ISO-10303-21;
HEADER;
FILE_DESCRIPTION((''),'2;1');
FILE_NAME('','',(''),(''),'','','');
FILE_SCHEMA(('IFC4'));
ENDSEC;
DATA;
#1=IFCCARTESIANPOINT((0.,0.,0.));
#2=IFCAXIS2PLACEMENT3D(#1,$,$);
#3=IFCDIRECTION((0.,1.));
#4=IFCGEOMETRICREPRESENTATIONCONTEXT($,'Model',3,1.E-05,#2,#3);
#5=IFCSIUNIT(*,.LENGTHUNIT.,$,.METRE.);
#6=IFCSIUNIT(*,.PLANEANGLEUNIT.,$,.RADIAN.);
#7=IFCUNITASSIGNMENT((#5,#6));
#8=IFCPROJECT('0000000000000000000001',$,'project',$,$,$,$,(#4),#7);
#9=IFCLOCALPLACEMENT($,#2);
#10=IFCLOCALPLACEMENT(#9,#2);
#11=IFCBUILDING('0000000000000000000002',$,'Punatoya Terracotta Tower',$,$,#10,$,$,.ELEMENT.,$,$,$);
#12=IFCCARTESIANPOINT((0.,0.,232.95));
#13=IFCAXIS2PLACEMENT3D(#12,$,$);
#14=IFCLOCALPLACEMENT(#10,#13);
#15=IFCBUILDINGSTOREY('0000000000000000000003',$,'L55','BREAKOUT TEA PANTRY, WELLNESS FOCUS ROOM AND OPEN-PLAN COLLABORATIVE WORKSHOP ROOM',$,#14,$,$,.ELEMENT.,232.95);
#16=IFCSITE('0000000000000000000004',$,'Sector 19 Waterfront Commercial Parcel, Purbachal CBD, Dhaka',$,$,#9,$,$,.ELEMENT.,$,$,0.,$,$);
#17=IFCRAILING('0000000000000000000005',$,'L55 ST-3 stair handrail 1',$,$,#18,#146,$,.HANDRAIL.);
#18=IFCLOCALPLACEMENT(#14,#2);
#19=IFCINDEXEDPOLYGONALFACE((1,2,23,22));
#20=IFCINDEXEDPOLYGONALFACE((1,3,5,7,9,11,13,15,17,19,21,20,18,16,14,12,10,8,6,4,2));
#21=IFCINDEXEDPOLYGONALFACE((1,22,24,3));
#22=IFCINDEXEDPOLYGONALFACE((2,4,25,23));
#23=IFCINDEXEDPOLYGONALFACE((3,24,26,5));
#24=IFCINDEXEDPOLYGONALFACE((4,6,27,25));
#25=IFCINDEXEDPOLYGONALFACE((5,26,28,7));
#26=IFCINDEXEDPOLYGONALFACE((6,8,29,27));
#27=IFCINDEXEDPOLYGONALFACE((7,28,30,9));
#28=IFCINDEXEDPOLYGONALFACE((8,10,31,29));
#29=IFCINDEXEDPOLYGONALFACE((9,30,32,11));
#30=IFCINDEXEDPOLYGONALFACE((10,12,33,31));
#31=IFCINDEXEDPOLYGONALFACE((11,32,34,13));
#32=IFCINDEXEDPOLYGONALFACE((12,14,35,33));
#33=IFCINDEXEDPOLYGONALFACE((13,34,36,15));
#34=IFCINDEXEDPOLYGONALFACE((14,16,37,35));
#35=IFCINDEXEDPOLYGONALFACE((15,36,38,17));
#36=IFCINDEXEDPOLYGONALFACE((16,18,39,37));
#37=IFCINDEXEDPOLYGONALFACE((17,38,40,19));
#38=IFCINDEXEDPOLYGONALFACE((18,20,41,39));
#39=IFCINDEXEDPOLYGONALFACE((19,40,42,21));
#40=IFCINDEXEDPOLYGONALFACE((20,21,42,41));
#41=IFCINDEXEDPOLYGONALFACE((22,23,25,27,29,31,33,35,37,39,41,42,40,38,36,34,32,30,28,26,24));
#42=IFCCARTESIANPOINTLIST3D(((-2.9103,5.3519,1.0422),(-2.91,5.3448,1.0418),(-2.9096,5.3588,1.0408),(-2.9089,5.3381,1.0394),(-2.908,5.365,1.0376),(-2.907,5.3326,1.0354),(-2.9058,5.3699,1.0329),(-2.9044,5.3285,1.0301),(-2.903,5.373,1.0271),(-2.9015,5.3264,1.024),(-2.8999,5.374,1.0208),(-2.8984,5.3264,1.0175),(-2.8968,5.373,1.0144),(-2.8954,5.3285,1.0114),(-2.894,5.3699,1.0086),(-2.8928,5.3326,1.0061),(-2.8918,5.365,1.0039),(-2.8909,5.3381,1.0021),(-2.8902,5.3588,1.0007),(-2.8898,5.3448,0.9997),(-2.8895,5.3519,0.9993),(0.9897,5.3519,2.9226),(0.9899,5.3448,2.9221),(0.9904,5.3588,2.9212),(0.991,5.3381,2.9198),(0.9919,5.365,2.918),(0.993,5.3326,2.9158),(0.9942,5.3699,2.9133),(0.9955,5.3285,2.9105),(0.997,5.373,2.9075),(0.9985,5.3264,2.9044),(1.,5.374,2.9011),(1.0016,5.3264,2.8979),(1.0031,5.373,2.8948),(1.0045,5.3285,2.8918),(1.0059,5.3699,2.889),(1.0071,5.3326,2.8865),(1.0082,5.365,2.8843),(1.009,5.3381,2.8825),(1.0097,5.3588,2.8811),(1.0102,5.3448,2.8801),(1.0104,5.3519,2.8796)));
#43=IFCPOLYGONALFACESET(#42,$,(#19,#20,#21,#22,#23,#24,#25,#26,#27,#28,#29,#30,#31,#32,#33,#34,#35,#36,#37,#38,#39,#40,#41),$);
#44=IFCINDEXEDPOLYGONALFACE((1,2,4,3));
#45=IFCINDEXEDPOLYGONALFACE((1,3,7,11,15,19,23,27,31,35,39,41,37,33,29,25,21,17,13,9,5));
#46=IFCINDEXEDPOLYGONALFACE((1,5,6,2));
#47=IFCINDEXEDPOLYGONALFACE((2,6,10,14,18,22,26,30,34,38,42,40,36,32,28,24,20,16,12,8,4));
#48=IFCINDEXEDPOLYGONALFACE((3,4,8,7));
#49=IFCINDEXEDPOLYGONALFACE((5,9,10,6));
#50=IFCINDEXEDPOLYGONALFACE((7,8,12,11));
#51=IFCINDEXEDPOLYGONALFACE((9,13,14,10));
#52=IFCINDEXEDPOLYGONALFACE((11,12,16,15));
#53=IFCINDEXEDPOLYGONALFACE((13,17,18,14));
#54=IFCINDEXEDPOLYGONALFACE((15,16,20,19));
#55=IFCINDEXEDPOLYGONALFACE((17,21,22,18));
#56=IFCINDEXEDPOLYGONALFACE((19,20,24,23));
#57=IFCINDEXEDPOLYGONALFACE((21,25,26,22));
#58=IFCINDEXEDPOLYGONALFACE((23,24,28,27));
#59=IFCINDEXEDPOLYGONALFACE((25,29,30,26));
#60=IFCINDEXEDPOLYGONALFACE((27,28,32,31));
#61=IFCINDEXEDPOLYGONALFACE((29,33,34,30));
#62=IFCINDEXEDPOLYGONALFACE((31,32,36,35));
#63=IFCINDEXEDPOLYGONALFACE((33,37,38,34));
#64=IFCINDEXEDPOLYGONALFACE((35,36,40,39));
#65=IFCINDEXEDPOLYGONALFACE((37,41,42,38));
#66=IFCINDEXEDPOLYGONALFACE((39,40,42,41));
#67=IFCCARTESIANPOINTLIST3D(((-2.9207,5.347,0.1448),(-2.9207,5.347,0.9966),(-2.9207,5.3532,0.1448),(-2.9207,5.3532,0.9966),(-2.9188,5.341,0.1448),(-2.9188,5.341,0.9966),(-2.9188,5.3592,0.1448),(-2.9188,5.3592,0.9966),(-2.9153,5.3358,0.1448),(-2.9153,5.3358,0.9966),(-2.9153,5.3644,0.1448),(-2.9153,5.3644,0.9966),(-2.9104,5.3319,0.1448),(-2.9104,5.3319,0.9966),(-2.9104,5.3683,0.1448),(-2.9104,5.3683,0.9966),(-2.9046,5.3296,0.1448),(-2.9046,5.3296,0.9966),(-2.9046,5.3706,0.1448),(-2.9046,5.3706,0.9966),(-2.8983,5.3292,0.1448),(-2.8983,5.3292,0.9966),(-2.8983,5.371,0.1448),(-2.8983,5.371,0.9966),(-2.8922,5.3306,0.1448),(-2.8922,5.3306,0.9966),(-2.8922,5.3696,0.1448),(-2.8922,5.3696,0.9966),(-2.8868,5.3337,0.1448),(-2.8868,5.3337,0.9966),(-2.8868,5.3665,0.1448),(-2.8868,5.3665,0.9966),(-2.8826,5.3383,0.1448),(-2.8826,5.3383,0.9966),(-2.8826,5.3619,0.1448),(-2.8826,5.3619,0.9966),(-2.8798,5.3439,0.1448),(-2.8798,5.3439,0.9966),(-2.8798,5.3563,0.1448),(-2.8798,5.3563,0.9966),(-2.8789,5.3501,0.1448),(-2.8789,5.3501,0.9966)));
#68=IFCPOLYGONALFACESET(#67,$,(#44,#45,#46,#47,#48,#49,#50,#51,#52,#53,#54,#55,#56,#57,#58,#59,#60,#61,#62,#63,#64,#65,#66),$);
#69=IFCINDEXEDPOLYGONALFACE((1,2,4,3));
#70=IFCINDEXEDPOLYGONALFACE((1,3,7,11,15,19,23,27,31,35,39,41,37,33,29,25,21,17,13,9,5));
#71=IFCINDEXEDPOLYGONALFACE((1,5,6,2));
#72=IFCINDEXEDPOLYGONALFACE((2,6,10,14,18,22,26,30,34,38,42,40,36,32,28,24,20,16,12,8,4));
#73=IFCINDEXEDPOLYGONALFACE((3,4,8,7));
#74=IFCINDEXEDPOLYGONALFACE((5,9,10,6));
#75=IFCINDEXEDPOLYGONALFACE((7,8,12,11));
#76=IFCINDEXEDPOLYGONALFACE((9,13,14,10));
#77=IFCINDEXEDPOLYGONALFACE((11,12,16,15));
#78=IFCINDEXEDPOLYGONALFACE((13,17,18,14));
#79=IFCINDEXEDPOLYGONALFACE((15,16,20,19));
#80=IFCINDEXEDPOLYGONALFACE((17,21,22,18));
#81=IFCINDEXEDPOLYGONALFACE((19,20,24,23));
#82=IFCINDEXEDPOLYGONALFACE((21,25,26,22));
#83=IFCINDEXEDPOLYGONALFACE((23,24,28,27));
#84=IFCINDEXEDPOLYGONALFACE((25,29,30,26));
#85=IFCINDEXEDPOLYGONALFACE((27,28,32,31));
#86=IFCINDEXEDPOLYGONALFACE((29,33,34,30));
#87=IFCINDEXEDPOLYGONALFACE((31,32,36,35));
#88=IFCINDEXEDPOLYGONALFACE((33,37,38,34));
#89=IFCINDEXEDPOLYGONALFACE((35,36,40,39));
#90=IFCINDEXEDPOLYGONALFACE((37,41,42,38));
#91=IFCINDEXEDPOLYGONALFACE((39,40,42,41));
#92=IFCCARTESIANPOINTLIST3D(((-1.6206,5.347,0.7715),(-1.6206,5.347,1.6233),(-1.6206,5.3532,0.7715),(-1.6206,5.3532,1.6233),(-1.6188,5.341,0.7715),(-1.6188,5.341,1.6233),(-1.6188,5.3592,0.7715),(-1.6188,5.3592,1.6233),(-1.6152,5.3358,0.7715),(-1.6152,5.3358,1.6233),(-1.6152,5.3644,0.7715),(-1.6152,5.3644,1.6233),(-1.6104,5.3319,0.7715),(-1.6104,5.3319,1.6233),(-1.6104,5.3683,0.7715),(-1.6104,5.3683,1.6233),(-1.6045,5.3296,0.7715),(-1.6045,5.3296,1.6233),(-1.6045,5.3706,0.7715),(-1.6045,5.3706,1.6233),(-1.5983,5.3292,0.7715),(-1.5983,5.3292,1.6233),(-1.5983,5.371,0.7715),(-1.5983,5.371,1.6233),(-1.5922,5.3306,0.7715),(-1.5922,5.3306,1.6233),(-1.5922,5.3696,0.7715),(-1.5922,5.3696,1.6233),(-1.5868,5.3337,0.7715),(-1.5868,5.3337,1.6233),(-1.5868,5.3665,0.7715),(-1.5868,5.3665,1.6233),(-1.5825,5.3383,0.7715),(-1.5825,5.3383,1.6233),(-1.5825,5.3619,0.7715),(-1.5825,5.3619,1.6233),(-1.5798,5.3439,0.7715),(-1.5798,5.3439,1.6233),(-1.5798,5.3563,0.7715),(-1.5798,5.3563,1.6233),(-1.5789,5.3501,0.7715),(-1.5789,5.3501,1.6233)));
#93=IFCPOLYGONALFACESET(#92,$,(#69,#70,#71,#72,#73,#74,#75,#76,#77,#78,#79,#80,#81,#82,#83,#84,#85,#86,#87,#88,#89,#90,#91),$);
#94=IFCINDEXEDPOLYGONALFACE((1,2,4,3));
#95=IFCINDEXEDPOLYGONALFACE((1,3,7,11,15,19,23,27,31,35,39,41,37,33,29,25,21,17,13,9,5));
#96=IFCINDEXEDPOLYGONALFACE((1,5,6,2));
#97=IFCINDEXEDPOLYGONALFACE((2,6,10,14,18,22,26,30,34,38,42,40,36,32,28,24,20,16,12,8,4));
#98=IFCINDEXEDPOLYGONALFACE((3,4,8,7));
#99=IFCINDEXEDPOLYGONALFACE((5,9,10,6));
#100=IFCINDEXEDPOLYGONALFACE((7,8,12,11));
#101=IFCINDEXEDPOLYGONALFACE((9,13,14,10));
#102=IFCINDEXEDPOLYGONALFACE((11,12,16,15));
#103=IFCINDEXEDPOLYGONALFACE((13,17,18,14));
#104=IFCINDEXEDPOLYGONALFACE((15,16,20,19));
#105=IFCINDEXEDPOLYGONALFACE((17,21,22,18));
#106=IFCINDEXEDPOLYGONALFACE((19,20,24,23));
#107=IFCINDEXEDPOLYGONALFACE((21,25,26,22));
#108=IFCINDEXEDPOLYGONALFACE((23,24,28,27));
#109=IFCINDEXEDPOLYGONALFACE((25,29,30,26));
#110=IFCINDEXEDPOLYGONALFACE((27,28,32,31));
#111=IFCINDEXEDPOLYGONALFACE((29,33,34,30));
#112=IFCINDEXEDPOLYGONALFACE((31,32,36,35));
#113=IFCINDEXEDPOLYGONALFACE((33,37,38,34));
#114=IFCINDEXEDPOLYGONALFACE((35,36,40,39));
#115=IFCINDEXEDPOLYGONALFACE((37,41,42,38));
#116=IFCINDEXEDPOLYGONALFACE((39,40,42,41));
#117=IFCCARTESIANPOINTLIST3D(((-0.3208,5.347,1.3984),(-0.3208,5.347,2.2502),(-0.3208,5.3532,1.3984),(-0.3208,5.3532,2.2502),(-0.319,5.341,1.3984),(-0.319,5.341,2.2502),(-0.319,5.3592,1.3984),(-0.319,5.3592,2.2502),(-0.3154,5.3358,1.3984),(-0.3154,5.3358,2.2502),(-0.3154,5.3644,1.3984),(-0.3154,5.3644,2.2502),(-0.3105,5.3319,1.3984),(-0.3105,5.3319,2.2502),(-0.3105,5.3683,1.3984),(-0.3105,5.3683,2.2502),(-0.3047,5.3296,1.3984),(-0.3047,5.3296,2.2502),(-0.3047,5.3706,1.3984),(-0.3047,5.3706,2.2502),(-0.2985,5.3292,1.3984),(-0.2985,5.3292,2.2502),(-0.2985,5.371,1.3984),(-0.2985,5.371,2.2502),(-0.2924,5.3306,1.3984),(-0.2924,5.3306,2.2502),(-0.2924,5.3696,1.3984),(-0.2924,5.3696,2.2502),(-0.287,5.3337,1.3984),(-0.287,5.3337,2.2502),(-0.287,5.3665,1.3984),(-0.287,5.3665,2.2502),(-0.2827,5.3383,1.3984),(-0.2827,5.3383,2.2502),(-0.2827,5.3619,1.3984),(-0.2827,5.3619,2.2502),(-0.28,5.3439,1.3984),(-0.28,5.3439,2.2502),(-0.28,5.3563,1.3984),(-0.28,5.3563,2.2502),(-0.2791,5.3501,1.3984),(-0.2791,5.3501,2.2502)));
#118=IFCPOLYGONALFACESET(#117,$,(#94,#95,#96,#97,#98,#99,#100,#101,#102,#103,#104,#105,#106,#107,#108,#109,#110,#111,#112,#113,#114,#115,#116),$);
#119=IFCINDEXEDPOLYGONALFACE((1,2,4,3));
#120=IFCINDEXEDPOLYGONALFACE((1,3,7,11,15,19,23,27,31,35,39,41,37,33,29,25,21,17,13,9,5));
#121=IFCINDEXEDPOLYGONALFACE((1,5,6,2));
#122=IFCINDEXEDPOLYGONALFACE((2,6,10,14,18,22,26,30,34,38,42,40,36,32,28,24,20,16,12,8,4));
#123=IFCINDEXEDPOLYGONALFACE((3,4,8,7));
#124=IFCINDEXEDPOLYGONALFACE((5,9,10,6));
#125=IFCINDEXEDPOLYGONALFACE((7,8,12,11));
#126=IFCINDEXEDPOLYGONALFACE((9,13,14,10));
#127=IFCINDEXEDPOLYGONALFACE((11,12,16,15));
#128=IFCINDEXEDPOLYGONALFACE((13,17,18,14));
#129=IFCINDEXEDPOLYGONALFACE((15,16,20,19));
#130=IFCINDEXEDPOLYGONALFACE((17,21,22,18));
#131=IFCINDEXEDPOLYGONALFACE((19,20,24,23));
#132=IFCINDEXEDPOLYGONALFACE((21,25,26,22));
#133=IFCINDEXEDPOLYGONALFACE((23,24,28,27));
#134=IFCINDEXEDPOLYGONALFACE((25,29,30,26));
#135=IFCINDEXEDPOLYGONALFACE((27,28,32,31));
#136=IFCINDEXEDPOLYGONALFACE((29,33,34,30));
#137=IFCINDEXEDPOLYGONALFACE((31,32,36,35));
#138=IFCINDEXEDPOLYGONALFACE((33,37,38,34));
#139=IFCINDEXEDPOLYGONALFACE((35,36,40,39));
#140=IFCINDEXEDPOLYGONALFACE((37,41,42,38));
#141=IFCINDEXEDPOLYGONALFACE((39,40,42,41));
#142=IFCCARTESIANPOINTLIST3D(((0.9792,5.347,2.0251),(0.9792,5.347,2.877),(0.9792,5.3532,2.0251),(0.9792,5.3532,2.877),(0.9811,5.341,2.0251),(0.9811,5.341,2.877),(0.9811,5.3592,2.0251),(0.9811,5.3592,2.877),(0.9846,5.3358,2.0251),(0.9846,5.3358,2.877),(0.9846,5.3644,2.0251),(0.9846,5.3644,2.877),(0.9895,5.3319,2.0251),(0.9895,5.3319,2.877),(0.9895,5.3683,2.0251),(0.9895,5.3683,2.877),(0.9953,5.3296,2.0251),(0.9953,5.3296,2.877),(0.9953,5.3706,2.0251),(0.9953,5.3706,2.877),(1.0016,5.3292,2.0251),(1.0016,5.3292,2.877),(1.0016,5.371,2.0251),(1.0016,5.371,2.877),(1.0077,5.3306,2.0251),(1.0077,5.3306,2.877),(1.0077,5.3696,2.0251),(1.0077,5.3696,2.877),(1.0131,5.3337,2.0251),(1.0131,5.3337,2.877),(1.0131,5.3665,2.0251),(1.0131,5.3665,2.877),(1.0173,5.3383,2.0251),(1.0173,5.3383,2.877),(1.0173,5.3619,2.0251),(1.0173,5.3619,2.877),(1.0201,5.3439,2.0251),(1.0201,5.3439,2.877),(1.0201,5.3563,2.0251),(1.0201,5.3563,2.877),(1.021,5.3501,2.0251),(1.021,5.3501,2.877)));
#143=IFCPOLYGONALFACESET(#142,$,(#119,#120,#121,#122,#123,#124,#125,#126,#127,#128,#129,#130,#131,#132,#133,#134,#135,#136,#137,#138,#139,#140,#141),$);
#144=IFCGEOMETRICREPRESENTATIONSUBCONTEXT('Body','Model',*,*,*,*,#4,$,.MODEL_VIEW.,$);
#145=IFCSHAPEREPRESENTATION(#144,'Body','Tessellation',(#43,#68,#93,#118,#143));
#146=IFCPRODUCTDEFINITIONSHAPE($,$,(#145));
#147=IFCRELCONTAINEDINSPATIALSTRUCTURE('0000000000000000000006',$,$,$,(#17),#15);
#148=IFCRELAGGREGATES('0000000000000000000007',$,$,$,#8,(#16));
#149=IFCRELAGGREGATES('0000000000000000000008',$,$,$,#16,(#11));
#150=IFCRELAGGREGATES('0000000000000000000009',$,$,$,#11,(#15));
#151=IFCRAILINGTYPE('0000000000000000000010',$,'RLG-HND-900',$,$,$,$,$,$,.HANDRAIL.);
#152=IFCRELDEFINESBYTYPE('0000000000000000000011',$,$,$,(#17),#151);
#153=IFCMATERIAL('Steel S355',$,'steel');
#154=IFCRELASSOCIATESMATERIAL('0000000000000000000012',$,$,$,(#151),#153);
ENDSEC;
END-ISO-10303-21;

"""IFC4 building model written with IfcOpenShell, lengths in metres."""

from ifc_helpers import new_model, si_unit, direction, frame, origin, origin_2d, place, context, subcontext, project, spatial, circle, extrude, material, type_object, element, save


model = new_model("IFC4")

# Units and contexts
model_context = context("Model", 3, precision=1e-05, world=origin(), true_north=direction((0.0, 1.0)))
body_context = subcontext(model_context, "Body", "Model", "MODEL_VIEW")
ifc_project = project(units=[si_unit("LENGTHUNIT", "METRE"), si_unit("PLANEANGLEUNIT", "RADIAN")], contexts=[model_context])

# Site, building, storey
site_placement = place(None, origin())
site = spatial("IfcSite", under=ifc_project, at=site_placement, Name="Sector 19 Waterfront Commercial Parcel, Purbachal CBD, Dhaka", CompositionType="ELEMENT", RefElevation=0.0)
building_placement = place(site_placement, origin())
building = spatial("IfcBuilding", under=site, at=building_placement, Name="Punatoya Terracotta Tower", CompositionType="ELEMENT")
storey_placement = place(building_placement, frame((0.0, 0.0, 232.95)))
storey = spatial("IfcBuildingStorey", under=building, at=storey_placement, Name="L55", Description="BREAKOUT TEA PANTRY, WELLNESS FOCUS ROOM AND OPEN-PLAN COLLABORATIVE WORKSHOP ROOM", CompositionType="ELEMENT", Elevation=232.95)

# Railing
ifc_material_1 = material(Name="Steel S355", Category="steel")
railing_type = type_object("IfcRailingType", Name="RLG-HND-900", PredefinedType="HANDRAIL", material=ifc_material_1)
railing_placement = place(storey_placement, frame((-2.8999, 5.3501, 0.1448)))
element("IfcRailing", 1, at=railing_placement, inside=storey, type_object=railing_type, Name="L55 ST-3 stair handrail 1", PredefinedType="HANDRAIL", context=body_context, shape_type="SweptSolid", body=[
    extrude(circle(Radius=0.0239, at=origin_2d()), frame((0.0, 0.0, 0.876), z_axis=(0.900763, 0.0, 0.434311), x_axis=(0.0, 1.0, 0.0)), (0.0, 0.0, 1.0), 4.3296),
    extrude(circle(Radius=0.021, at=origin_2d()), origin(), (0.0, 0.0, 1.0), 0.8518),
    extrude(circle(Radius=0.021, at=origin_2d()), frame((1.3, 0.0, 0.6267)), (0.0, 0.0, 1.0), 0.8518),
    extrude(circle(Radius=0.021, at=origin_2d()), frame((2.5999, 0.0, 1.2537)), (0.0, 0.0, 1.0), 0.8518),
    extrude(circle(Radius=0.021, at=origin_2d()), frame((3.8999, 0.0, 1.8804)), (0.0, 0.0, 1.0), 0.8518),
])

save(model, "model.ifc")
